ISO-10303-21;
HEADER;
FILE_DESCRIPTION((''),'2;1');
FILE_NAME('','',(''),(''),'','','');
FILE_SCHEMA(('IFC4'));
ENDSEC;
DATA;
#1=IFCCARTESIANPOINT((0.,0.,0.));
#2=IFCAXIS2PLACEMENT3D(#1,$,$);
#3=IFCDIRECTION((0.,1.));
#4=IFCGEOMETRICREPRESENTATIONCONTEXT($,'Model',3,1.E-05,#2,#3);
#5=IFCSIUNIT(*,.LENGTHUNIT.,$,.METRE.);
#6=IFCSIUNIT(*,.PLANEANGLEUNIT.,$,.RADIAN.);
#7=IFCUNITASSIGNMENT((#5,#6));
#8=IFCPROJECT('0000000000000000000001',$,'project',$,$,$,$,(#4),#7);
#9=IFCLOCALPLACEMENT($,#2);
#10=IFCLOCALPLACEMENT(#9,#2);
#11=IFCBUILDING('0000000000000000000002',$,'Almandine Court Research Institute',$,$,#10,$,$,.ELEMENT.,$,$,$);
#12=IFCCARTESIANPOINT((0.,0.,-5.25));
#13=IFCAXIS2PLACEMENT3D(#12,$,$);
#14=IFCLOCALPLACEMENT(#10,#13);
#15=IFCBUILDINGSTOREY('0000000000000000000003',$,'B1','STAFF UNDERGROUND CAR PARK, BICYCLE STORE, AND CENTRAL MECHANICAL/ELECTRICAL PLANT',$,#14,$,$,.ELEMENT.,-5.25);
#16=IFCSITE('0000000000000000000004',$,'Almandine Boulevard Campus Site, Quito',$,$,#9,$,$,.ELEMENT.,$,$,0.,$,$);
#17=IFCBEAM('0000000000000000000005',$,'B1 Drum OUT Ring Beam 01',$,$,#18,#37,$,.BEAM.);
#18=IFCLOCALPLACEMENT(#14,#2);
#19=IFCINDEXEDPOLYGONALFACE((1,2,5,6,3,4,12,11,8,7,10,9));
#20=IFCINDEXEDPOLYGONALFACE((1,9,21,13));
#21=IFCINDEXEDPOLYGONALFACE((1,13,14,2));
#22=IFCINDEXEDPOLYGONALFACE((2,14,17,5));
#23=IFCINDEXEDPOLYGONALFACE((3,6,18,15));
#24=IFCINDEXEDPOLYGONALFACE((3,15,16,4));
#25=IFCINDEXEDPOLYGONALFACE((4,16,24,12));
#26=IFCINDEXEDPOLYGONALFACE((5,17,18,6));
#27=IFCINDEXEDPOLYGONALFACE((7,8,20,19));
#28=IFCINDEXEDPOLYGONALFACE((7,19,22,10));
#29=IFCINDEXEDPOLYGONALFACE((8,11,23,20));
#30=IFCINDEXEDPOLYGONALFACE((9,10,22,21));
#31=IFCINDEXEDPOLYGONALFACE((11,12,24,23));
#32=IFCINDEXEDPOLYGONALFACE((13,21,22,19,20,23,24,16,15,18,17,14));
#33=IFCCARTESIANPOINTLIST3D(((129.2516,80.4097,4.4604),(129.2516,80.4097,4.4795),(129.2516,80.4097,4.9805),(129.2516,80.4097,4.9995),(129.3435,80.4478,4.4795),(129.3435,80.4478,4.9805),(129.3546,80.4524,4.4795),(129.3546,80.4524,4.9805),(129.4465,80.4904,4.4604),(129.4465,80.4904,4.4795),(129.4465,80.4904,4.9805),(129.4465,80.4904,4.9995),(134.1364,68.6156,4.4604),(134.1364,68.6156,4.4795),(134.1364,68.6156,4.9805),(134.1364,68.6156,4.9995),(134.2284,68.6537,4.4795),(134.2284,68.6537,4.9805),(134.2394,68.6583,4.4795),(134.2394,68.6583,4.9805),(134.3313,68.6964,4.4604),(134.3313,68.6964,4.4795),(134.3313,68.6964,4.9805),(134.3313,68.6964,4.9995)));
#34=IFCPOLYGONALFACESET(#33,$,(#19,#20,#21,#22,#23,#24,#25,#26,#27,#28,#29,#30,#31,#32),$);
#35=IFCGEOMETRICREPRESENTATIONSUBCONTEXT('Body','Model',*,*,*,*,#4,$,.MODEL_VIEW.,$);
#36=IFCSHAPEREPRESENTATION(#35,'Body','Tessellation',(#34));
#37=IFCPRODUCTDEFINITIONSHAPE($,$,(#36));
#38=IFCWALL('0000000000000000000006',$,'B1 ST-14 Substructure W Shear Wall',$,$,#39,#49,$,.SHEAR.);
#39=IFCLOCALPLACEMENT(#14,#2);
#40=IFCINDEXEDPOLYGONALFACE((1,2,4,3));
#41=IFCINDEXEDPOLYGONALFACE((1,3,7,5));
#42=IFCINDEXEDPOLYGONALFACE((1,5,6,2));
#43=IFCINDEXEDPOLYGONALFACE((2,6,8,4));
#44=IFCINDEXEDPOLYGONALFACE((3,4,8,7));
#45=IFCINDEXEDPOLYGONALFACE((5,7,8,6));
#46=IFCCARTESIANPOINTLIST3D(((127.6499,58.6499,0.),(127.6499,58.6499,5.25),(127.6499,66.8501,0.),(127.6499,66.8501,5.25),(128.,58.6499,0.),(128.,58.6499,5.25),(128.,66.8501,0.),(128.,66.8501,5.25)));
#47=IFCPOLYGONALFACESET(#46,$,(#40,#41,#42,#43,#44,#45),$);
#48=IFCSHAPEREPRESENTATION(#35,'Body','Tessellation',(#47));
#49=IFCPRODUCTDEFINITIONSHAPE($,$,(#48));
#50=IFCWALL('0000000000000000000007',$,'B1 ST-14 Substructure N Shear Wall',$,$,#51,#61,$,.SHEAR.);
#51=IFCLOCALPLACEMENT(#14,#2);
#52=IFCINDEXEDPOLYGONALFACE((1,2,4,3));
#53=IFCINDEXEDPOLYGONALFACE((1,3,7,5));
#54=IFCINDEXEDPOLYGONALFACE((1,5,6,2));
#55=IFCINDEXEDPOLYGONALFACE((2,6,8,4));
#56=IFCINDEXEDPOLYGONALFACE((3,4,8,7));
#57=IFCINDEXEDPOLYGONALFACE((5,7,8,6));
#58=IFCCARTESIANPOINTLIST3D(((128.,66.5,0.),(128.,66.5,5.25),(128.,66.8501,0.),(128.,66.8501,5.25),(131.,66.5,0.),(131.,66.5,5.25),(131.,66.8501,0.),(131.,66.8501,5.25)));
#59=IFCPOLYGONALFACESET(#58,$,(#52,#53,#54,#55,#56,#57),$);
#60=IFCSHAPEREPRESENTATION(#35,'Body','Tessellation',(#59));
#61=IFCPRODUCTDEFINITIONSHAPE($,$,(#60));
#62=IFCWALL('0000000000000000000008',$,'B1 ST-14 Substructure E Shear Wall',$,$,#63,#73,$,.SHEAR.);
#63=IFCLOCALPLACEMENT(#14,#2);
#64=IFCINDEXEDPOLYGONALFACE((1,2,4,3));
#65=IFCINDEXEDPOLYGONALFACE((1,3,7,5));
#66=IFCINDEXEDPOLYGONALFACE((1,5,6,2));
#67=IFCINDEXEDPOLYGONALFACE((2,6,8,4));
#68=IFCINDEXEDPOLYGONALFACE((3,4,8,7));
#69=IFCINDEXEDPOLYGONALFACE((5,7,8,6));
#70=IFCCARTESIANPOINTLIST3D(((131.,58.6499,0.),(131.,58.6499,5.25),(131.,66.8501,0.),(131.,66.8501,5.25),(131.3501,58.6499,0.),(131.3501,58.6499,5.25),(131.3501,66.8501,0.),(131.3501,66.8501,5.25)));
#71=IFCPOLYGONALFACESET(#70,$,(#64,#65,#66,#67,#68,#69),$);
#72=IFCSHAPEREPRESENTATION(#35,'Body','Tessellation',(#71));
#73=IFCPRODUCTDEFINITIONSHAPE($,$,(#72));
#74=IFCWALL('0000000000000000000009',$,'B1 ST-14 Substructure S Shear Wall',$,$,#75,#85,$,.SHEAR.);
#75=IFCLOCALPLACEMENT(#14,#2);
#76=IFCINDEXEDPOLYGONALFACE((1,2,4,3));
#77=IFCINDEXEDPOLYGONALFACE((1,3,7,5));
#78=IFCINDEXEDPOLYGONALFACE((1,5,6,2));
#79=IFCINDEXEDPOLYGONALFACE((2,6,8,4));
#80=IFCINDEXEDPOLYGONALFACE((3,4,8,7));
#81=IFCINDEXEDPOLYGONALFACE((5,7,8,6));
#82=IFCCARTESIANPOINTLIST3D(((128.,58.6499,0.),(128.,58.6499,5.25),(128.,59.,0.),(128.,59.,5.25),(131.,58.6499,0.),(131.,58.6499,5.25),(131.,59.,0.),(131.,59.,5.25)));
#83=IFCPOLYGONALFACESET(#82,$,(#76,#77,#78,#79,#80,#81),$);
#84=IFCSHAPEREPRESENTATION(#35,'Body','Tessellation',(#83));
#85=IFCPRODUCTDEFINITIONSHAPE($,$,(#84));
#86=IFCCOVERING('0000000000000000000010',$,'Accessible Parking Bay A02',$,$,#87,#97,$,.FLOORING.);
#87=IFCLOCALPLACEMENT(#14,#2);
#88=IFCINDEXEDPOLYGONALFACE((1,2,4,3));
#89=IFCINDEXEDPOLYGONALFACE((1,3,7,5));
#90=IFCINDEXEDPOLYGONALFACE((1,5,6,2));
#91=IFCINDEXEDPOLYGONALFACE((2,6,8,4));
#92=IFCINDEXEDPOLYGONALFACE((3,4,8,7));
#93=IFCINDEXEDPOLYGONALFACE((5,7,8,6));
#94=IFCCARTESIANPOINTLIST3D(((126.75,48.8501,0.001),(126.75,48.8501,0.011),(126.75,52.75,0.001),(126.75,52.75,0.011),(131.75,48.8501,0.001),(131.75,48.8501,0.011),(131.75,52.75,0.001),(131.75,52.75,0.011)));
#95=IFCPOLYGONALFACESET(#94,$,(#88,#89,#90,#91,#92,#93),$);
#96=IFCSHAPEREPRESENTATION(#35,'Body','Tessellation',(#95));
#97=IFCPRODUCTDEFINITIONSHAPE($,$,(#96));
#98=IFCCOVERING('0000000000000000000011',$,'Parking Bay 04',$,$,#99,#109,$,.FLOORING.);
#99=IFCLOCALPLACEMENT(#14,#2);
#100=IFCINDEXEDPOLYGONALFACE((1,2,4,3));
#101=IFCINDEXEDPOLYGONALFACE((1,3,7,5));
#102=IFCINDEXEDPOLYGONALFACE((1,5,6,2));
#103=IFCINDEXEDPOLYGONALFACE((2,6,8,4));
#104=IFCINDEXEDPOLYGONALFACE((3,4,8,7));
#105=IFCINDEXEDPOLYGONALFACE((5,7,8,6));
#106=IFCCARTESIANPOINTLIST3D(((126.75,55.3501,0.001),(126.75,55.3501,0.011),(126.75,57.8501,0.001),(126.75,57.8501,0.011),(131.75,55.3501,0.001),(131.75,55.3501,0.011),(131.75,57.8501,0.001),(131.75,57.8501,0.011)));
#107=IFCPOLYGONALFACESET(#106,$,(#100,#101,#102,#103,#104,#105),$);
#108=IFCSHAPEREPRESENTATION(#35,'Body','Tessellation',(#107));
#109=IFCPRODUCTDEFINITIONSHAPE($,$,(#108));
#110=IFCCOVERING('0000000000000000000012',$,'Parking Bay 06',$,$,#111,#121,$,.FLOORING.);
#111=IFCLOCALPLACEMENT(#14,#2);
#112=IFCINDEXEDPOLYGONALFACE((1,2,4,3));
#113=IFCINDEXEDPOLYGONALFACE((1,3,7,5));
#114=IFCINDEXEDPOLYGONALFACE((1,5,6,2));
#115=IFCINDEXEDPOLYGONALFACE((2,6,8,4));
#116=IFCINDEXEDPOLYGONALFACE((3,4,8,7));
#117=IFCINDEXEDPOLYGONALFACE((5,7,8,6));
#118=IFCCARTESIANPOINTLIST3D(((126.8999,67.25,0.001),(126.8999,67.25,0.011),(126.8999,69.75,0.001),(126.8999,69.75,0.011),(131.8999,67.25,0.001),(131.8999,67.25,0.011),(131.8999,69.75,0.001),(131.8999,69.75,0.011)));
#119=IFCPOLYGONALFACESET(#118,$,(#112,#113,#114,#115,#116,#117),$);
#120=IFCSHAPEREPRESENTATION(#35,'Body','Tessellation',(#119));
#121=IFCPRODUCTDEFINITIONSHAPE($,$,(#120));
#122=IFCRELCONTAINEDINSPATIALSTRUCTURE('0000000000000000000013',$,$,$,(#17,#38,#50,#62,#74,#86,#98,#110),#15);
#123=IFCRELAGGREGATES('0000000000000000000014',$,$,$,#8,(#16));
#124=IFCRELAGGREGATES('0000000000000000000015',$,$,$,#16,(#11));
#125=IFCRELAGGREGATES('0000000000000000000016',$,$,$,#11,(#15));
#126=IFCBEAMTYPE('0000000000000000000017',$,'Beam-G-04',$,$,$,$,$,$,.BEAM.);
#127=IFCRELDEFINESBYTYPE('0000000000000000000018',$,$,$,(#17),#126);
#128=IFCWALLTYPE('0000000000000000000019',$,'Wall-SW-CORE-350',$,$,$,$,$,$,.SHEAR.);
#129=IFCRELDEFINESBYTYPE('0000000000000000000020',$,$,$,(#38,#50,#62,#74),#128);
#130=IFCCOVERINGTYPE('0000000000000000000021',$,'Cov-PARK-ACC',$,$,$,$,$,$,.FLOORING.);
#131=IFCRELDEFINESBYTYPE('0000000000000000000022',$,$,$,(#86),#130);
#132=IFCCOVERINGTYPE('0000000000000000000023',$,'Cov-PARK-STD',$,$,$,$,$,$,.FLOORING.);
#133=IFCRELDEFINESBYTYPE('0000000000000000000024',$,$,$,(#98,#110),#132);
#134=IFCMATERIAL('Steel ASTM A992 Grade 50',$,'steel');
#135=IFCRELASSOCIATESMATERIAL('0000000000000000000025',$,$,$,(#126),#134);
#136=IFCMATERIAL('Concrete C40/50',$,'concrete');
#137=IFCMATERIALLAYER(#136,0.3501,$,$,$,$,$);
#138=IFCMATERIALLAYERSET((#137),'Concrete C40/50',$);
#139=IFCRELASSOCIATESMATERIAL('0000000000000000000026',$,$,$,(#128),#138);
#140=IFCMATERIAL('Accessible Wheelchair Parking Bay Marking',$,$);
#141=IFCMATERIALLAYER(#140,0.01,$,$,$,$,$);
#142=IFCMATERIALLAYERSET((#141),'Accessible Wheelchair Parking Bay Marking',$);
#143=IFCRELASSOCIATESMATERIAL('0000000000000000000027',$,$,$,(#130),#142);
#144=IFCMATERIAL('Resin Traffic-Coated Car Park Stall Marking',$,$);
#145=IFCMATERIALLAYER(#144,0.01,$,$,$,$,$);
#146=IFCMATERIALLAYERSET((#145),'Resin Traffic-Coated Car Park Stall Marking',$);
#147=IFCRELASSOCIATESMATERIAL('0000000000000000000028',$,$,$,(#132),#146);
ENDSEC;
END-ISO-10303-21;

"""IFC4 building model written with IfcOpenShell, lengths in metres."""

from ifc_helpers import new_model, si_unit, direction, frame, frame_2d, origin, origin_2d, place, context, subcontext, project, spatial, rectangle, i_section, extrude, material, layer, layer_set, material_profile, profile_set, type_object, element, save


model = new_model("IFC4")

# Units and contexts
model_context = context("Model", 3, precision=1e-05, world=origin(), true_north=direction((0.0, 1.0)))
body_context = subcontext(model_context, "Body", "Model", "MODEL_VIEW")
ifc_project = project(units=[si_unit("LENGTHUNIT", "METRE"), si_unit("PLANEANGLEUNIT", "RADIAN")], contexts=[model_context])

# Site, building, storey
site_placement = place(None, origin())
site = spatial("IfcSite", under=ifc_project, at=site_placement, Name="Almandine Boulevard Campus Site, Quito", CompositionType="ELEMENT", RefElevation=0.0)
building_placement = place(site_placement, origin())
building = spatial("IfcBuilding", under=site, at=building_placement, Name="Almandine Court Research Institute", CompositionType="ELEMENT")
storey_placement = place(building_placement, frame((0.0, 0.0, -5.25)))
storey = spatial("IfcBuildingStorey", under=building, at=storey_placement, Name="B1", Description="STAFF UNDERGROUND CAR PARK, BICYCLE STORE, AND CENTRAL MECHANICAL/ELECTRICAL PLANT", CompositionType="ELEMENT", Elevation=-5.25)

# Shared definitions
ifc_material_1 = material(Name="Concrete C40/50", Category="concrete")

# Beam
ifc_material_2 = material(Name="Steel ASTM A992 Grade 50", Category="steel")
ifc_material_profile_1 = material_profile(ifc_material_2, i_section(OverallWidth=0.2109, OverallDepth=0.5391, WebThickness=0.012, FlangeThickness=0.019, at=origin_2d()), Name="W530x109")
ifc_profile_set_1 = profile_set([ifc_material_profile_1], Name="Steel ASTM A992 Grade 50")
beam_type_1 = type_object("IfcBeamType", Name="Beam-G-04", PredefinedType="BEAM", material=ifc_profile_set_1)
beam_1_placement = place(storey_placement, frame((134.2339, 68.656, 4.73), z_axis=(-0.382654, 0.923892, 0.0), x_axis=(-0.923892, -0.382654, 0.0)))
element("IfcBeam", 1, at=beam_1_placement, inside=storey, type_object=beam_type_1, Name="B1 Drum OUT Ring Beam 01", PredefinedType="BEAM", context=body_context, shape_type="SweptSolid", body=[
    extrude(i_section(OverallWidth=0.2109, OverallDepth=0.5391, WebThickness=0.012, FlangeThickness=0.019, at=origin_2d()), origin(), (0.0, 0.0, 1.0), 12.7656),
])

# Walls
ifc_layer_1 = layer(ifc_material_1, 0.3501)
ifc_layer_set_1 = layer_set([ifc_layer_1], Name="Concrete C40/50")
wall_type = type_object("IfcWallType", Name="Wall-SW-CORE-350", PredefinedType="SHEAR", material=ifc_layer_set_1)
wall_1_placement = place(storey_placement, frame((127.825, 58.6499, 0.0), z_axis=(0.0, 0.0, 1.0), x_axis=(0.0, 1.0, 0.0)))
element("IfcWall", 2, at=wall_1_placement, inside=storey, type_object=wall_type, Name="B1 ST-14 Substructure W Shear Wall", PredefinedType="SHEAR", context=body_context, shape_type="SweptSolid", body=[
    extrude(rectangle(XDim=8.2002, YDim=0.3501, at=frame_2d((4.1001, 0.0))), origin(), (0.0, 0.0, 1.0), 5.25),
])
wall_2_placement = place(storey_placement, frame((128.0, 66.675, 0.0), z_axis=(0.0, 0.0, 1.0), x_axis=(1.0, 0.0, 0.0)))
element("IfcWall", 3, at=wall_2_placement, inside=storey, type_object=wall_type, Name="B1 ST-14 Substructure N Shear Wall", PredefinedType="SHEAR", context=body_context, shape_type="SweptSolid", body=[
    extrude(rectangle(XDim=3.0, YDim=0.3501, at=frame_2d((1.5, 0.0))), origin(), (0.0, 0.0, 1.0), 5.25),
])
wall_3_placement = place(storey_placement, frame((131.175, 66.8501, 0.0), z_axis=(0.0, 0.0, 1.0), x_axis=(0.0, -1.0, 0.0)))
element("IfcWall", 4, at=wall_3_placement, inside=storey, type_object=wall_type, Name="B1 ST-14 Substructure E Shear Wall", PredefinedType="SHEAR", context=body_context, shape_type="SweptSolid", body=[
    extrude(rectangle(XDim=8.2002, YDim=0.3501, at=frame_2d((4.1001, 0.0))), origin(), (0.0, 0.0, 1.0), 5.25),
])
wall_4_placement = place(storey_placement, frame((131.0, 58.825, 0.0), z_axis=(0.0, 0.0, 1.0), x_axis=(-1.0, 0.0, 0.0)))
element("IfcWall", 5, at=wall_4_placement, inside=storey, type_object=wall_type, Name="B1 ST-14 Substructure S Shear Wall", PredefinedType="SHEAR", context=body_context, shape_type="SweptSolid", body=[
    extrude(rectangle(XDim=3.0, YDim=0.3501, at=frame_2d((1.5, 0.0))), origin(), (0.0, 0.0, 1.0), 5.25),
])

# Coverings
ifc_material_3 = material(Name="Accessible Wheelchair Parking Bay Marking")
ifc_layer_2 = layer(ifc_material_3, 0.01)
ifc_layer_set_2 = layer_set([ifc_layer_2], Name="Accessible Wheelchair Parking Bay Marking")
covering_type_1 = type_object("IfcCoveringType", Name="Cov-PARK-ACC", PredefinedType="FLOORING", material=ifc_layer_set_2)
covering_placement = place(storey_placement, frame((129.25, 50.8, 0.001), z_axis=(0.0, 0.0, 1.0), x_axis=(0.0, 1.0, 0.0)))
element("IfcCovering", 6, at=covering_placement, inside=storey, type_object=covering_type_1, Name="Accessible Parking Bay A02", PredefinedType="FLOORING", context=body_context, shape_type="SweptSolid", body=[
    extrude(rectangle(XDim=3.8999, YDim=5.0, at=origin_2d()), origin(), (0.0, 0.0, 1.0), 0.01),
])
ifc_material_4 = material(Name="Resin Traffic-Coated Car Park Stall Marking")
ifc_layer_3 = layer(ifc_material_4, 0.01)
ifc_layer_set_3 = layer_set([ifc_layer_3], Name="Resin Traffic-Coated Car Park Stall Marking")
covering_type_2 = type_object("IfcCoveringType", Name="Cov-PARK-STD", PredefinedType="FLOORING", material=ifc_layer_set_3)
for number, where, z_axis, x_axis, name in (
    (7, (129.25, 56.6001, 0.001), (0.0, 0.0, 1.0), (1.0, 0.0, 0.0), "Parking Bay 04"),
    (8, (129.3999, 68.5, 0.001), (0.0, 0.0, 1.0), (1.0, 0.0, 0.0), "Parking Bay 06"),
):
    element("IfcCovering", number, at=place(storey_placement, frame(where, z_axis=z_axis, x_axis=x_axis)), inside=storey, type_object=covering_type_2, Name=name, PredefinedType="FLOORING", context=body_context, shape_type="SweptSolid", body=[
        extrude(rectangle(XDim=5.0, YDim=2.5, at=origin_2d()), origin(), (0.0, 0.0, 1.0), 0.01),
    ])

save(model, "model.ifc")
